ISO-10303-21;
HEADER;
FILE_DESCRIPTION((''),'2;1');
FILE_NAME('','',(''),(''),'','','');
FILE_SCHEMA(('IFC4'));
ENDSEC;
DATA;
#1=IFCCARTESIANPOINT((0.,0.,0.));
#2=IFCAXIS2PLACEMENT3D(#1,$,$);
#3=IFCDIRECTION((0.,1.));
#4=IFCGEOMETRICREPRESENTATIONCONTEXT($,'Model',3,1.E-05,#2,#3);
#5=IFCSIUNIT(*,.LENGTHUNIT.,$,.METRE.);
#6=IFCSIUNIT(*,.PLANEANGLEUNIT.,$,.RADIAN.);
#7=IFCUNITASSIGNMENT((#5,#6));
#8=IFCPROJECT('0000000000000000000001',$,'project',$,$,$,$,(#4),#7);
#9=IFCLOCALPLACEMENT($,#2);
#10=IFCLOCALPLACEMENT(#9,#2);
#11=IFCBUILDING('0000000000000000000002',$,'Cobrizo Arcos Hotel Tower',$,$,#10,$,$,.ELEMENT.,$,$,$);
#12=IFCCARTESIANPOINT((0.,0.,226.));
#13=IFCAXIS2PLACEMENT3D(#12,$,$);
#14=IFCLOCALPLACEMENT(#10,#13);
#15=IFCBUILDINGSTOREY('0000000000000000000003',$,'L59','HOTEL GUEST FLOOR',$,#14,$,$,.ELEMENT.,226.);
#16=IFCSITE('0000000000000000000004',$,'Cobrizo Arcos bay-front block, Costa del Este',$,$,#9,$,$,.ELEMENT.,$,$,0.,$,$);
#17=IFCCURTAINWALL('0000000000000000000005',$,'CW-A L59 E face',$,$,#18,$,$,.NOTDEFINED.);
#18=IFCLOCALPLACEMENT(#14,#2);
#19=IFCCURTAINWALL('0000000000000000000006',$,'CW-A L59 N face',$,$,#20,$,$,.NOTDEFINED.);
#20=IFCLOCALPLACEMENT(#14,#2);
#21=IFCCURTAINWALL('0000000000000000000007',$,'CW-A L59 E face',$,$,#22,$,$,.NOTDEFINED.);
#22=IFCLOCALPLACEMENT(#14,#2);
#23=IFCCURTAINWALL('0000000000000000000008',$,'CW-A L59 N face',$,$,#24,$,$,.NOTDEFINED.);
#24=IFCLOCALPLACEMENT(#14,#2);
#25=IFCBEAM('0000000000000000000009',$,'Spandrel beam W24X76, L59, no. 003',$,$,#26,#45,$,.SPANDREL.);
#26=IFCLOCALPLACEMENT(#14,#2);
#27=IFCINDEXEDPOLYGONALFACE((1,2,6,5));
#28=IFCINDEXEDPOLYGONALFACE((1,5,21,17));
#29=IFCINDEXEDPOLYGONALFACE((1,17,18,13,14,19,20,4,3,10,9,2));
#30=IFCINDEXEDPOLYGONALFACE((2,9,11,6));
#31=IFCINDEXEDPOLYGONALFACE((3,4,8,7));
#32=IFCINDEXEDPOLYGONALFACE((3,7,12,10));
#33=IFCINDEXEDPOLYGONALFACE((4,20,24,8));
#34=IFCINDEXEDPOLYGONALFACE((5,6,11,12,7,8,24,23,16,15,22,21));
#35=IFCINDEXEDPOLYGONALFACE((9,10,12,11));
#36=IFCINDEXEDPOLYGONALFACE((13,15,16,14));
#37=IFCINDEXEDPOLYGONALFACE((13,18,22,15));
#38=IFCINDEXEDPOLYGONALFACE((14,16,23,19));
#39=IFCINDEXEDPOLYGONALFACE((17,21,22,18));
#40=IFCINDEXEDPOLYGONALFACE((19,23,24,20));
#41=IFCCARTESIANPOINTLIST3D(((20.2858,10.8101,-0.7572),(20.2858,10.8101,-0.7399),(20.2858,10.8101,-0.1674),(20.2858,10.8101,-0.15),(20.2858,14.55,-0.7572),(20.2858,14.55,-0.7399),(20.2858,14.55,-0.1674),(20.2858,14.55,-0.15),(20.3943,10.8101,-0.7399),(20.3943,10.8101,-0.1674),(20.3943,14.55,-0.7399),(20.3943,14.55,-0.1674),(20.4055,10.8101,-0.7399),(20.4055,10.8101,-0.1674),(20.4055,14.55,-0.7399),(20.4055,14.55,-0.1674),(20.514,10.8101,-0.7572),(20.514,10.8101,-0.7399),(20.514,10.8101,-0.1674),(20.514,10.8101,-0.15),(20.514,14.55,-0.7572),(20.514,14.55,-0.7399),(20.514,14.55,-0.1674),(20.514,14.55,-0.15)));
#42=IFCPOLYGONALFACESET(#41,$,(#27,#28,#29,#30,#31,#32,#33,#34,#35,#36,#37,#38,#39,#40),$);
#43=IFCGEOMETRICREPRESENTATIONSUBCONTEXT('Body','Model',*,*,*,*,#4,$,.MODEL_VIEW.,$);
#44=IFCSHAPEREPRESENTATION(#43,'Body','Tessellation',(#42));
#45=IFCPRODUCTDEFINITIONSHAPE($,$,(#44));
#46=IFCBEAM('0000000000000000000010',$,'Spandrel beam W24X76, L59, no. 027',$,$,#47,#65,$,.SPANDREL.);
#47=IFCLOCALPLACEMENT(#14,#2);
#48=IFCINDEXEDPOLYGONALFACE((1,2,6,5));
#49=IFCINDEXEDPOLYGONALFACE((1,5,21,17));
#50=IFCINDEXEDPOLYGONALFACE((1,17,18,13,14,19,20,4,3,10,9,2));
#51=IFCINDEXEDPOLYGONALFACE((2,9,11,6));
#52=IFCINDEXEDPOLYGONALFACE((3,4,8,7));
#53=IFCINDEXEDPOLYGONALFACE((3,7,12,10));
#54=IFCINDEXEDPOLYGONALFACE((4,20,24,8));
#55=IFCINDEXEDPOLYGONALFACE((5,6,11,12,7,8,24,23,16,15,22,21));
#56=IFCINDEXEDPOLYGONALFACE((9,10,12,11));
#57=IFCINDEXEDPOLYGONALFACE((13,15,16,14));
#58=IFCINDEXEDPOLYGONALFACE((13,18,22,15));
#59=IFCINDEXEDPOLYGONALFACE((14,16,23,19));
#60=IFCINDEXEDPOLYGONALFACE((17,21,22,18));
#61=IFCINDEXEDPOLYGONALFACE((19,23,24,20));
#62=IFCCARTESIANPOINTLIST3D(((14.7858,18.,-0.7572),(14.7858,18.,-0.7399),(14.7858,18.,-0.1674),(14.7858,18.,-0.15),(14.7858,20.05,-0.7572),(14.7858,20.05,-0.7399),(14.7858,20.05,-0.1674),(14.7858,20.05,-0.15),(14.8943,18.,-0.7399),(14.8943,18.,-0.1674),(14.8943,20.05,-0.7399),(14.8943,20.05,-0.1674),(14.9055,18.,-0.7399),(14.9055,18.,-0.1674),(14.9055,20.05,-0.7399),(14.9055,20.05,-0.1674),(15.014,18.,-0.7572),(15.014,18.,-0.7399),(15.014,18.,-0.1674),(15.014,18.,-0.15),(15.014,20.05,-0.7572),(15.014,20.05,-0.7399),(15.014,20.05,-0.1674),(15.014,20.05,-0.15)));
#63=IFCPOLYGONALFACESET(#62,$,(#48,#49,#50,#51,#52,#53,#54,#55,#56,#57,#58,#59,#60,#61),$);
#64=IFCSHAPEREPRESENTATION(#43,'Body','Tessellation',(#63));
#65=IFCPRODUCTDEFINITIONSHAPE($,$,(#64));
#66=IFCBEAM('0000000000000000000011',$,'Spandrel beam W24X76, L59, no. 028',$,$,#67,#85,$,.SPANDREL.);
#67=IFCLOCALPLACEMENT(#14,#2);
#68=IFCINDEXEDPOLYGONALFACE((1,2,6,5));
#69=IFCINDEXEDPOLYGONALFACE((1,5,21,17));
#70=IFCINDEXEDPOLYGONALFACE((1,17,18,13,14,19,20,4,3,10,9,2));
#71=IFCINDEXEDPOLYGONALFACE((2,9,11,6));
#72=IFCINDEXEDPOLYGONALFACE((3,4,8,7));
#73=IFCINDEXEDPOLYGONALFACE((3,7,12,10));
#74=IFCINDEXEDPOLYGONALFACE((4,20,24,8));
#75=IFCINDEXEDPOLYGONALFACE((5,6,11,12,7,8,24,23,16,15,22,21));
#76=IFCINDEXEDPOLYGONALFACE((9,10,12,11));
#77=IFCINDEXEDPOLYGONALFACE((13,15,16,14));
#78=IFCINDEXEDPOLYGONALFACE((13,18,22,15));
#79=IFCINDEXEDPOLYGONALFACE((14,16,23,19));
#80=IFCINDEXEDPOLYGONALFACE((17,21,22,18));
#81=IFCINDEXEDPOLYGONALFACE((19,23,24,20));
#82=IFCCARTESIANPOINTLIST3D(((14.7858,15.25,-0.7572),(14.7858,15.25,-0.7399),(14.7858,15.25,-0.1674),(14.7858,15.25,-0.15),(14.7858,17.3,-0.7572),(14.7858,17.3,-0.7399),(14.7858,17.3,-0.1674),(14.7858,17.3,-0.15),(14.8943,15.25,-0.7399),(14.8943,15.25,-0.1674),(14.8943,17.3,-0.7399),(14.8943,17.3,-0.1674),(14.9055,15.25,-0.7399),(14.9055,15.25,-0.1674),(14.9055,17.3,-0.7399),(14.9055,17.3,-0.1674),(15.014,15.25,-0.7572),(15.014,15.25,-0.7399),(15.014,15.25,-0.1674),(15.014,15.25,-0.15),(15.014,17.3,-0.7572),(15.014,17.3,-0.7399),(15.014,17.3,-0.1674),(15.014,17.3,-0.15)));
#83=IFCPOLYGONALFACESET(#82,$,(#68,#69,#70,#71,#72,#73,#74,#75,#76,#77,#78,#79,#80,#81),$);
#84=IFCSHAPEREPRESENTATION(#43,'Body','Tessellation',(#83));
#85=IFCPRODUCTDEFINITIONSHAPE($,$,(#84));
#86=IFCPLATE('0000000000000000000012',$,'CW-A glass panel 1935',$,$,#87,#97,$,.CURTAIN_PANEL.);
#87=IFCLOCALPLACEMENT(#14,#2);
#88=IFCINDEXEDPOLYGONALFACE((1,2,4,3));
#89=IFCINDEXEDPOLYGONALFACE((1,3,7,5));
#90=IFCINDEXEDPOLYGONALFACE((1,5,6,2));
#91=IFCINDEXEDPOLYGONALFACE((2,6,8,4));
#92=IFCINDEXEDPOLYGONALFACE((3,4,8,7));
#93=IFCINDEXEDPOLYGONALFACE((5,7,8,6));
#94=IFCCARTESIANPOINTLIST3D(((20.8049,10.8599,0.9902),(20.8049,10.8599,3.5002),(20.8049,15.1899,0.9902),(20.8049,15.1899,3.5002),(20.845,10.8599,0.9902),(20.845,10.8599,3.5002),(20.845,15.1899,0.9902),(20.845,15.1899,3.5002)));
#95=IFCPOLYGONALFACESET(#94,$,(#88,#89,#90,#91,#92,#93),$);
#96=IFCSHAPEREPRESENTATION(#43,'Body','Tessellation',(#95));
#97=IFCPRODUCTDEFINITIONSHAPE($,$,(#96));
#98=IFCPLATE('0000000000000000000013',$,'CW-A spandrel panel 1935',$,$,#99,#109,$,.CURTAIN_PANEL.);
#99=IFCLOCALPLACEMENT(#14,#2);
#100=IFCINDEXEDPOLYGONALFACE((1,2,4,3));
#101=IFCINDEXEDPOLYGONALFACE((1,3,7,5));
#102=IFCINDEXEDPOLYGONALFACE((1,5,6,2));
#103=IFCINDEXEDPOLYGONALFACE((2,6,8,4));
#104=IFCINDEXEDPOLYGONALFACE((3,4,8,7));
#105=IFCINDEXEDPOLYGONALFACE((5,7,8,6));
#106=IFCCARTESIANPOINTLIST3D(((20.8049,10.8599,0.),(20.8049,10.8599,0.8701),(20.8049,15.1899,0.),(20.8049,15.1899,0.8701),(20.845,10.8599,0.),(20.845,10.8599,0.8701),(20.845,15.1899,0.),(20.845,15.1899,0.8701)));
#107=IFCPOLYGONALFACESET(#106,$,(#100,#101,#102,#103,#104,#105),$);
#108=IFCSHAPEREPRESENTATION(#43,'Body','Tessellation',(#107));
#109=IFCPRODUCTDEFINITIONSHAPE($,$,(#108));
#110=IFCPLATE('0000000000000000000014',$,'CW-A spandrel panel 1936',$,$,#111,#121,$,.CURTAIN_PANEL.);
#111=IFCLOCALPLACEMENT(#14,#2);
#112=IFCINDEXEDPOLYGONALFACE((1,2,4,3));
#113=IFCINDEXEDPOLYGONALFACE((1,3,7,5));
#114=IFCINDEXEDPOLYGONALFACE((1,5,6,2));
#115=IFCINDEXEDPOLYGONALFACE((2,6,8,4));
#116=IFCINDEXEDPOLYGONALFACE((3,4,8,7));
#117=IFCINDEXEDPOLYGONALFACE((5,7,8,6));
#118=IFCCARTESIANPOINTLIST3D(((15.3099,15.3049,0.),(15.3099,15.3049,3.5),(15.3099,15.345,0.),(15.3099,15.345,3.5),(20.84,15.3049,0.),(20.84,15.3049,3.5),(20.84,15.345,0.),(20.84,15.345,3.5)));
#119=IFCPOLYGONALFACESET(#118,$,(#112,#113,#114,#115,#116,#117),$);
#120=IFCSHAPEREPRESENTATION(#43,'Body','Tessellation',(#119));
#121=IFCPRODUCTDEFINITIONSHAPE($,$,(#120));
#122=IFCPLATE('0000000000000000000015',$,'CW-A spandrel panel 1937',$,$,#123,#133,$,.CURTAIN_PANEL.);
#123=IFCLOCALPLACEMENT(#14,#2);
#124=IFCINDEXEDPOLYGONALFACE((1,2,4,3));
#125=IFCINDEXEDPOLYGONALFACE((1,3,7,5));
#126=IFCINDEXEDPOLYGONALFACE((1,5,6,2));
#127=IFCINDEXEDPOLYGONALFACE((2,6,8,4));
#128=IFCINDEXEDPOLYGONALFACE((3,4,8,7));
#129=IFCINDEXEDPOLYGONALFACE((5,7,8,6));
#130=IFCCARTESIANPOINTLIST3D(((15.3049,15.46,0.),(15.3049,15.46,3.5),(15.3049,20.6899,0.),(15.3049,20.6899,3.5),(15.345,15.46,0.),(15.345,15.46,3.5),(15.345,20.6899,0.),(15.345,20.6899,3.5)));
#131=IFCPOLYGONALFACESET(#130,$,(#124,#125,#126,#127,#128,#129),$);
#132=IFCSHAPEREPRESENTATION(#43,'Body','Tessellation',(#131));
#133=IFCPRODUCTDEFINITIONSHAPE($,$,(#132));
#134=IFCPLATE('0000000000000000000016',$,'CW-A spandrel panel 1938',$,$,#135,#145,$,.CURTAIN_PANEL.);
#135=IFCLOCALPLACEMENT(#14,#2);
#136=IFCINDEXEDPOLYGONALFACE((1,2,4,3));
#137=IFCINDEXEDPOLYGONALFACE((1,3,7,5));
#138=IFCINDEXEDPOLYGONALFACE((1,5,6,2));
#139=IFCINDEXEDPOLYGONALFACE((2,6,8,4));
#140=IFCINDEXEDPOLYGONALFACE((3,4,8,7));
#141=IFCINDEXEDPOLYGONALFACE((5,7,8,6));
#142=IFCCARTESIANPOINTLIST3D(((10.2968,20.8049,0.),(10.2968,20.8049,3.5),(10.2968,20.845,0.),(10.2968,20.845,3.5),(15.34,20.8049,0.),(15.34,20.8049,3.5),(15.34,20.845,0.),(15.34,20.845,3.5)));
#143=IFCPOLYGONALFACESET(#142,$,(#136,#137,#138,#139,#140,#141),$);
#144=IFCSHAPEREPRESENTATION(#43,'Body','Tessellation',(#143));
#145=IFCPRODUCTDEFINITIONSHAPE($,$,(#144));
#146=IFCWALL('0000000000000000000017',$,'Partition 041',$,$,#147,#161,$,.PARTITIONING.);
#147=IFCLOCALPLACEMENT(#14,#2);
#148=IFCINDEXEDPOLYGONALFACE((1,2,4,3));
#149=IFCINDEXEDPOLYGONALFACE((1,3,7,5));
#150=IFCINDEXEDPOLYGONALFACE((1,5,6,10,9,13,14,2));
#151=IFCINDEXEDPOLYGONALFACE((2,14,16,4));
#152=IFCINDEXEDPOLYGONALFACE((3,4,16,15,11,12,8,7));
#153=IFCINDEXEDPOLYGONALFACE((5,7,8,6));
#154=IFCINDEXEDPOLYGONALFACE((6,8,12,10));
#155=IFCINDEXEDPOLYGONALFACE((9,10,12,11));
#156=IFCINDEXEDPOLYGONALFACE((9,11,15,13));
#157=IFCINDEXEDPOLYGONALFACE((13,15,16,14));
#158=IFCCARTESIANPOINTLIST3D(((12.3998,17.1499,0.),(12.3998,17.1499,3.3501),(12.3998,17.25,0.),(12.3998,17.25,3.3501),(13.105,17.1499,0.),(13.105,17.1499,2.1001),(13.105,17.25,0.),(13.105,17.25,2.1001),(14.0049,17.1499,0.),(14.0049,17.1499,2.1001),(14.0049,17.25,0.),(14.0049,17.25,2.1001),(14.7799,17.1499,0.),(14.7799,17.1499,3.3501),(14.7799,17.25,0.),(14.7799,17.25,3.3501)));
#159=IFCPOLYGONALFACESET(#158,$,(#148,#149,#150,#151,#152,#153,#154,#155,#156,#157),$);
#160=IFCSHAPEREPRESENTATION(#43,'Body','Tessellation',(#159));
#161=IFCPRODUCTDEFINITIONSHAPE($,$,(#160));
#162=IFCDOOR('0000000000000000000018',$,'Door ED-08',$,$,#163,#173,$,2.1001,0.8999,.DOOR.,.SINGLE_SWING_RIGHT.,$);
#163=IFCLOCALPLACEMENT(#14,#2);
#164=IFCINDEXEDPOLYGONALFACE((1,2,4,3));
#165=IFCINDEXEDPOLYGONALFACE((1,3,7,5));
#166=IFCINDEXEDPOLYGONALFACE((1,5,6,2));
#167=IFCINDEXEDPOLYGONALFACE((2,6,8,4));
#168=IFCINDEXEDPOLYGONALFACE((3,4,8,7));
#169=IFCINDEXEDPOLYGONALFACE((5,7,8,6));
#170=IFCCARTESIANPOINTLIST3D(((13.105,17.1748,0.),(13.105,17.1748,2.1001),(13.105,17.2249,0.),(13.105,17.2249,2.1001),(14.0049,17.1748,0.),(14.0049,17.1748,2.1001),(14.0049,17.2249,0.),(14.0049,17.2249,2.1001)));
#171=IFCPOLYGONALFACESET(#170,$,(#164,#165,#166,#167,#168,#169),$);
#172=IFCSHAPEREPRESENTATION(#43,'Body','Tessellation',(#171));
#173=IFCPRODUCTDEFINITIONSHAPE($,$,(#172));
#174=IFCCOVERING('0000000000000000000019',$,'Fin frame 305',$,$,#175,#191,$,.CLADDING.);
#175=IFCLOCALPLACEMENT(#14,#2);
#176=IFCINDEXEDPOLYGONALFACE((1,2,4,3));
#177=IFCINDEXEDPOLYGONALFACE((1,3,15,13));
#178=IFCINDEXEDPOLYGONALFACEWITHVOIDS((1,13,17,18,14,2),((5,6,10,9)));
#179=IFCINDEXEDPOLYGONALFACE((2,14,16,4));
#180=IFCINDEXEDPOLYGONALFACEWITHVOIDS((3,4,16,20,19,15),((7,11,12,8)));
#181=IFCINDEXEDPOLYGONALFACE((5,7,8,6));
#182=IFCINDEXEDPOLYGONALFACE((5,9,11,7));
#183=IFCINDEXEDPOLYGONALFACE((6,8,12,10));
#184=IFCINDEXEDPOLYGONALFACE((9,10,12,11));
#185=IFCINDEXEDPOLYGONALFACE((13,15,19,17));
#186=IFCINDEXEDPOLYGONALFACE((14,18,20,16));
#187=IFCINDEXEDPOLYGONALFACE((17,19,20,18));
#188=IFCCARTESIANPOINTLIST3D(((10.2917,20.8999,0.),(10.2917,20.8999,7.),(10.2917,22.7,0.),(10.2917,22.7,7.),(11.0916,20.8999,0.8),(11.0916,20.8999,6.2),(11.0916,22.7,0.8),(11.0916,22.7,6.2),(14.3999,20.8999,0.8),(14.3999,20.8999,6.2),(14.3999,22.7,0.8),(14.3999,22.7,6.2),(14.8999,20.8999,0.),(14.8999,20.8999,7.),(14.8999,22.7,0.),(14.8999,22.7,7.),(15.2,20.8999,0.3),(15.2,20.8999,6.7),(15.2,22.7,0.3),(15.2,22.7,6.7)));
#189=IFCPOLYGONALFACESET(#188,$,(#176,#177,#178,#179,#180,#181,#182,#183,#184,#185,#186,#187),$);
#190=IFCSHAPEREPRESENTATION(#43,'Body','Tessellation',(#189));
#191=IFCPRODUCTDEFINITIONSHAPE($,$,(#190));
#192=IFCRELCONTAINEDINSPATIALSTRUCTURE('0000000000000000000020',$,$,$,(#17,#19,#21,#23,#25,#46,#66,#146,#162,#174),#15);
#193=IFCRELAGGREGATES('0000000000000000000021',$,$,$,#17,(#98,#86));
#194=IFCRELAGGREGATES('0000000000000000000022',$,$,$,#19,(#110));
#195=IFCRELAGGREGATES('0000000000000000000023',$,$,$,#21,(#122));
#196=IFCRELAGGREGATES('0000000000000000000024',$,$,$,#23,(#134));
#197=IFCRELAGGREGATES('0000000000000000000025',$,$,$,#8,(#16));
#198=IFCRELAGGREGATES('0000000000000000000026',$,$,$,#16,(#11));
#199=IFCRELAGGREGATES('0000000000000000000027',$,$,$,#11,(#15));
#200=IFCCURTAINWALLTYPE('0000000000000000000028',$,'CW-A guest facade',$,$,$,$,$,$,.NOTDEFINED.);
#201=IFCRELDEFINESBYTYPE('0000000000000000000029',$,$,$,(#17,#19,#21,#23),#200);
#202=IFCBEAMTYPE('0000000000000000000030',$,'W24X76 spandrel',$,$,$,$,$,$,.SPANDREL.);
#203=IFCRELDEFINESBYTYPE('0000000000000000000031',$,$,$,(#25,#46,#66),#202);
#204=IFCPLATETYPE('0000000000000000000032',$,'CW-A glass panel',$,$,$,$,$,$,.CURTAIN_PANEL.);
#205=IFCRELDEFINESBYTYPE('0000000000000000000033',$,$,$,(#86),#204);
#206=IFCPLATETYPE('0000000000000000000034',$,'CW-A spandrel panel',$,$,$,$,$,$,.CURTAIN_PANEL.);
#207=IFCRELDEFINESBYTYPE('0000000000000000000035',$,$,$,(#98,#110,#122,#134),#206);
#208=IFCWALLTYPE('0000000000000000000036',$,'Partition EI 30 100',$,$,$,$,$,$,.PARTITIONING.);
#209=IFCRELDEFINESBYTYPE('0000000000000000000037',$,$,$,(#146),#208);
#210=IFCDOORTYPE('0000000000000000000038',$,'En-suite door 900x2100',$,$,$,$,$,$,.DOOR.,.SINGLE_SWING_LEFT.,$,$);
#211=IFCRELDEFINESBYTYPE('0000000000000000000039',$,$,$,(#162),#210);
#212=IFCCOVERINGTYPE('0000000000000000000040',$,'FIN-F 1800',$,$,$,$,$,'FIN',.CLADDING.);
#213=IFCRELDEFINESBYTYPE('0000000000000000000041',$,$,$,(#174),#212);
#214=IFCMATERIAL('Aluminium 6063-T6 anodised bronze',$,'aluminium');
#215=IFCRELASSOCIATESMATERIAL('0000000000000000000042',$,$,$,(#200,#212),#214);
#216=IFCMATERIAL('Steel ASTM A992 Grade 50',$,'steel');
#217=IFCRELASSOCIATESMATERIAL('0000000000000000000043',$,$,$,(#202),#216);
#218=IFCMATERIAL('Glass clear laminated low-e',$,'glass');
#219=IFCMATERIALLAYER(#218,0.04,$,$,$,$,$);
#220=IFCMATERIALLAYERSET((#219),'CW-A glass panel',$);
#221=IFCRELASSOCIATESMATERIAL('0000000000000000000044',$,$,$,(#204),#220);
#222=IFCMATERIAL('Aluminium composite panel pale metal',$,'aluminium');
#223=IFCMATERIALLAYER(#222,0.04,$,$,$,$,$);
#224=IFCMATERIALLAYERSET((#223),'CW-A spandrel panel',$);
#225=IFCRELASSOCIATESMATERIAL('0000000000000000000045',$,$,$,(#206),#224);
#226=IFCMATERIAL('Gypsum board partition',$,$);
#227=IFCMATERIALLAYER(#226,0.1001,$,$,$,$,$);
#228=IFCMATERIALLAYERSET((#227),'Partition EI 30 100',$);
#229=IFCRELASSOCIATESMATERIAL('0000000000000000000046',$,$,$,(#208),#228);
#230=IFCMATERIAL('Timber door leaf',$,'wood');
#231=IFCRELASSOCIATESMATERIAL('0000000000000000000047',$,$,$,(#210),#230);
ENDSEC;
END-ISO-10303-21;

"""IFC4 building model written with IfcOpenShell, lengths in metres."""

from ifc_helpers import new_model, si_unit, direction, frame, frame_2d, origin, origin_2d, place, context, subcontext, project, spatial, polyline, rectangle, i_section, outline, extrude, material, layer, layer_set, material_profile, profile_set, type_object, element, fill, aggregate, save


model = new_model("IFC4")

# Units and contexts
model_context = context("Model", 3, precision=1e-05, world=origin(), true_north=direction((0.0, 1.0)))
body_context = subcontext(model_context, "Body", "Model", "MODEL_VIEW")
ifc_project = project(units=[si_unit("LENGTHUNIT", "METRE"), si_unit("PLANEANGLEUNIT", "RADIAN")], contexts=[model_context])

# Site, building, storey
site_placement = place(None, origin())
site = spatial("IfcSite", under=ifc_project, at=site_placement, Name="Cobrizo Arcos bay-front block, Costa del Este", CompositionType="ELEMENT", RefElevation=0.0)
building_placement = place(site_placement, origin())
building = spatial("IfcBuilding", under=site, at=building_placement, Name="Cobrizo Arcos Hotel Tower", CompositionType="ELEMENT")
storey_placement = place(building_placement, frame((0.0, 0.0, 226.0)))
storey = spatial("IfcBuildingStorey", under=building, at=storey_placement, Name="L59", Description="HOTEL GUEST FLOOR", CompositionType="ELEMENT", Elevation=226.0)

# Curtain wall
ifc_material_1 = material(Name="Aluminium 6063-T6 anodised bronze", Category="aluminium")
curtain_wall_type = type_object("IfcCurtainWallType", Name="CW-A guest facade", PredefinedType="NOTDEFINED", material=ifc_material_1)
curtain_wall_1_placement = place(storey_placement, origin())
curtain_wall_1 = element("IfcCurtainWall", 1, at=curtain_wall_1_placement, inside=storey, type_object=curtain_wall_type, Name="CW-A L59 E face", PredefinedType="NOTDEFINED")

# Curtain walls
curtain_wall_2_placement = place(storey_placement, origin())
curtain_wall_2 = element("IfcCurtainWall", 2, at=curtain_wall_2_placement, inside=storey, type_object=curtain_wall_type, Name="CW-A L59 N face", PredefinedType="NOTDEFINED")
curtain_wall_3_placement = place(storey_placement, origin())
curtain_wall_3 = element("IfcCurtainWall", 3, at=curtain_wall_3_placement, inside=storey, type_object=curtain_wall_type, Name="CW-A L59 E face", PredefinedType="NOTDEFINED")

# Curtain wall
curtain_wall_4_placement = place(storey_placement, origin())
curtain_wall_4 = element("IfcCurtainWall", 4, at=curtain_wall_4_placement, inside=storey, type_object=curtain_wall_type, Name="CW-A L59 N face", PredefinedType="NOTDEFINED")

# Beams
ifc_material_2 = material(Name="Steel ASTM A992 Grade 50", Category="steel")
ifc_material_profile_1 = material_profile(ifc_material_2, i_section(OverallWidth=0.2283, OverallDepth=0.6072, WebThickness=0.0112, FlangeThickness=0.0173, at=origin_2d()), Name="W24X76")
ifc_profile_set_1 = profile_set([ifc_material_profile_1], Name="Steel ASTM A992 Grade 50")
beam_type = type_object("IfcBeamType", Name="W24X76 spandrel", PredefinedType="SPANDREL", material=ifc_profile_set_1)
beam_placement = place(storey_placement, frame((20.3999, 14.55, -0.4536), z_axis=(0.0, -1.0, 0.0), x_axis=(1.0, 0.0, 0.0)))
element("IfcBeam", 5, at=beam_placement, inside=storey, type_object=beam_type, Name="Spandrel beam W24X76, L59, no. 003", PredefinedType="SPANDREL", context=body_context, shape_type="SweptSolid", body=[
    extrude(i_section(OverallWidth=0.2283, OverallDepth=0.6072, WebThickness=0.0112, FlangeThickness=0.0173, at=origin_2d()), origin(), (0.0, 0.0, 1.0), 3.74),
])
for number, where, z_axis, x_axis, name in (
    (6, (14.8999, 20.05, -0.4536), (0.0, -1.0, 0.0), (1.0, 0.0, 0.0), "Spandrel beam W24X76, L59, no. 027"),
    (7, (14.8999, 17.3, -0.4536), (0.0, -1.0, 0.0), (1.0, 0.0, 0.0), "Spandrel beam W24X76, L59, no. 028"),
):
    element("IfcBeam", number, at=place(storey_placement, frame(where, z_axis=z_axis, x_axis=x_axis)), inside=storey, type_object=beam_type, Name=name, PredefinedType="SPANDREL", context=body_context, shape_type="SweptSolid", body=[
        extrude(i_section(OverallWidth=0.2283, OverallDepth=0.6072, WebThickness=0.0112, FlangeThickness=0.0173, at=origin_2d()), origin(), (0.0, 0.0, 1.0), 2.05),
    ])

# Plates
ifc_material_3 = material(Name="Glass clear laminated low-e", Category="glass")
ifc_layer_1 = layer(ifc_material_3, 0.04)
ifc_layer_set_1 = layer_set([ifc_layer_1], Name="CW-A glass panel")
plate_type_1 = type_object("IfcPlateType", Name="CW-A glass panel", PredefinedType="CURTAIN_PANEL", material=ifc_layer_set_1)
plate_1_placement = place(storey_placement, frame((20.825, 13.0249, 0.9902), z_axis=(0.0, 0.0, 1.0), x_axis=(0.0, 1.0, 0.0)))
plate_1 = element("IfcPlate", 8, at=plate_1_placement, type_object=plate_type_1, Name="CW-A glass panel 1935", PredefinedType="CURTAIN_PANEL", context=body_context, shape_type="SweptSolid", body=[
    extrude(rectangle(XDim=4.3301, YDim=0.04, at=origin_2d()), origin(), (0.0, 0.0, 1.0), 2.51),
])
ifc_material_4 = material(Name="Aluminium composite panel pale metal", Category="aluminium")
ifc_layer_2 = layer(ifc_material_4, 0.04)
ifc_layer_set_2 = layer_set([ifc_layer_2], Name="CW-A spandrel panel")
plate_type_2 = type_object("IfcPlateType", Name="CW-A spandrel panel", PredefinedType="CURTAIN_PANEL", material=ifc_layer_set_2)
plate_2_placement = place(storey_placement, frame((20.825, 13.0249, 0.0), z_axis=(0.0, 0.0, 1.0), x_axis=(0.0, 1.0, 0.0)))
plate_2 = element("IfcPlate", 9, at=plate_2_placement, type_object=plate_type_2, Name="CW-A spandrel panel 1935", PredefinedType="CURTAIN_PANEL", context=body_context, shape_type="SweptSolid", body=[
    extrude(rectangle(XDim=4.3301, YDim=0.04, at=origin_2d()), origin(), (0.0, 0.0, 1.0), 0.8701),
])
aggregate(curtain_wall_1, [plate_2, plate_1])
plate_3_placement = place(storey_placement, frame((18.075, 15.325, 0.0), z_axis=(0.0, 0.0, 1.0), x_axis=(-1.0, 0.0, 0.0)))
plate_3 = element("IfcPlate", 10, at=plate_3_placement, type_object=plate_type_2, Name="CW-A spandrel panel 1936", PredefinedType="CURTAIN_PANEL", context=body_context, shape_type="SweptSolid", body=[
    extrude(rectangle(XDim=5.53, YDim=0.04, at=origin_2d()), origin(), (0.0, 0.0, 1.0), 3.5),
])
aggregate(curtain_wall_2, [plate_3])
plate_4_placement = place(storey_placement, frame((15.325, 18.075, 0.0), z_axis=(0.0, 0.0, 1.0), x_axis=(0.0, 1.0, 0.0)))
plate_4 = element("IfcPlate", 11, at=plate_4_placement, type_object=plate_type_2, Name="CW-A spandrel panel 1937", PredefinedType="CURTAIN_PANEL", context=body_context, shape_type="SweptSolid", body=[
    extrude(rectangle(XDim=5.23, YDim=0.04, at=origin_2d()), origin(), (0.0, 0.0, 1.0), 3.5),
])
aggregate(curtain_wall_3, [plate_4])
plate_5_placement = place(storey_placement, frame((12.8184, 20.825, 0.0), z_axis=(0.0, 0.0, 1.0), x_axis=(-1.0, 0.0, 0.0)))
plate_5 = element("IfcPlate", 12, at=plate_5_placement, type_object=plate_type_2, Name="CW-A spandrel panel 1938", PredefinedType="CURTAIN_PANEL", context=body_context, shape_type="SweptSolid", body=[
    extrude(rectangle(XDim=5.0432, YDim=0.04, at=origin_2d()), origin(), (0.0, 0.0, 1.0), 3.5),
])
aggregate(curtain_wall_4, [plate_5])

# Wall, opening, door
ifc_material_5 = material(Name="Gypsum board partition")
ifc_layer_3 = layer(ifc_material_5, 0.1001)
ifc_layer_set_3 = layer_set([ifc_layer_3], Name="Partition EI 30 100")
wall_type = type_object("IfcWallType", Name="Partition EI 30 100", PredefinedType="PARTITIONING", material=ifc_layer_set_3)
wall_placement = place(storey_placement, frame((12.3999, 17.2, 0.0), z_axis=(0.0, 0.0, 1.0), x_axis=(1.0, 0.0, 0.0)))
wall = element("IfcWall", 13, at=wall_placement, inside=storey, type_object=wall_type, Name="Partition 041", PredefinedType="PARTITIONING", context=body_context, shape_type="SweptSolid", body=[
    extrude(rectangle(XDim=2.3801, YDim=0.1001, at=frame_2d((1.1899, 0.0))), origin(), (0.0, 0.0, 1.0), 3.3501),
])
opening_placement = place(wall_placement, frame((0.7051, 0.0, 0.0)))
opening = element("IfcOpeningElement", 14, at=opening_placement, cuts=wall, PredefinedType="OPENING", context=body_context, shape_type="SweptSolid", body=[
    extrude(rectangle(XDim=0.8999, YDim=2.1001, at=frame_2d((0.45, 1.05))), frame((0.0, 0.062, 0.0), z_axis=(0.0, -1.0, 0.0), x_axis=(1.0, 0.0, 0.0)), (0.0, 0.0, 1.0), 0.124),
])
ifc_material_6 = material(Name="Timber door leaf", Category="wood")
door_type = type_object("IfcDoorType", Name="En-suite door 900x2100", OperationType="SINGLE_SWING_LEFT", PredefinedType="DOOR", material=ifc_material_6)
door_placement = place(opening_placement, origin())
door = element("IfcDoor", 15, at=door_placement, inside=storey, type_object=door_type, Name="Door ED-08", OperationType="SINGLE_SWING_RIGHT", OverallHeight=2.1001, OverallWidth=0.8999, PredefinedType="DOOR", context=body_context, shape_type="SweptSolid", body=[
    extrude(rectangle(XDim=0.8999, YDim=2.1001, at=frame_2d((0.45, 1.05))), frame((0.0, 0.0249, 0.0), z_axis=(0.0, -1.0, 0.0), x_axis=(1.0, 0.0, 0.0)), (0.0, 0.0, 1.0), 0.05),
])
fill(opening, door)

# Covering
covering_type = type_object("IfcCoveringType", Name="FIN-F 1800", ElementType="FIN", PredefinedType="CLADDING", material=ifc_material_1)
covering_placement = place(storey_placement, frame((15.2, 20.8999, 0.0), z_axis=(0.0, 1.0, 0.0), x_axis=(-1.0, 0.0, 0.0)))
element("IfcCovering", 16, at=covering_placement, inside=storey, type_object=covering_type, Name="Fin frame 305", PredefinedType="CLADDING", context=body_context, shape_type="SweptSolid", body=[
    extrude(outline(polyline([(0.0, 0.3), (0.3, 0.0), (4.9082, 0.0), (4.9082, 7.0), (0.3, 7.0), (0.0, 6.7), (0.0, 0.3)]), holes=[polyline([(4.1084, 0.8), (0.8, 0.8), (0.8, 6.2), (4.1084, 6.2), (4.1084, 0.8)])]), origin(), (0.0, 0.0, 1.0), 1.8),
])

save(model, "model.ifc")
